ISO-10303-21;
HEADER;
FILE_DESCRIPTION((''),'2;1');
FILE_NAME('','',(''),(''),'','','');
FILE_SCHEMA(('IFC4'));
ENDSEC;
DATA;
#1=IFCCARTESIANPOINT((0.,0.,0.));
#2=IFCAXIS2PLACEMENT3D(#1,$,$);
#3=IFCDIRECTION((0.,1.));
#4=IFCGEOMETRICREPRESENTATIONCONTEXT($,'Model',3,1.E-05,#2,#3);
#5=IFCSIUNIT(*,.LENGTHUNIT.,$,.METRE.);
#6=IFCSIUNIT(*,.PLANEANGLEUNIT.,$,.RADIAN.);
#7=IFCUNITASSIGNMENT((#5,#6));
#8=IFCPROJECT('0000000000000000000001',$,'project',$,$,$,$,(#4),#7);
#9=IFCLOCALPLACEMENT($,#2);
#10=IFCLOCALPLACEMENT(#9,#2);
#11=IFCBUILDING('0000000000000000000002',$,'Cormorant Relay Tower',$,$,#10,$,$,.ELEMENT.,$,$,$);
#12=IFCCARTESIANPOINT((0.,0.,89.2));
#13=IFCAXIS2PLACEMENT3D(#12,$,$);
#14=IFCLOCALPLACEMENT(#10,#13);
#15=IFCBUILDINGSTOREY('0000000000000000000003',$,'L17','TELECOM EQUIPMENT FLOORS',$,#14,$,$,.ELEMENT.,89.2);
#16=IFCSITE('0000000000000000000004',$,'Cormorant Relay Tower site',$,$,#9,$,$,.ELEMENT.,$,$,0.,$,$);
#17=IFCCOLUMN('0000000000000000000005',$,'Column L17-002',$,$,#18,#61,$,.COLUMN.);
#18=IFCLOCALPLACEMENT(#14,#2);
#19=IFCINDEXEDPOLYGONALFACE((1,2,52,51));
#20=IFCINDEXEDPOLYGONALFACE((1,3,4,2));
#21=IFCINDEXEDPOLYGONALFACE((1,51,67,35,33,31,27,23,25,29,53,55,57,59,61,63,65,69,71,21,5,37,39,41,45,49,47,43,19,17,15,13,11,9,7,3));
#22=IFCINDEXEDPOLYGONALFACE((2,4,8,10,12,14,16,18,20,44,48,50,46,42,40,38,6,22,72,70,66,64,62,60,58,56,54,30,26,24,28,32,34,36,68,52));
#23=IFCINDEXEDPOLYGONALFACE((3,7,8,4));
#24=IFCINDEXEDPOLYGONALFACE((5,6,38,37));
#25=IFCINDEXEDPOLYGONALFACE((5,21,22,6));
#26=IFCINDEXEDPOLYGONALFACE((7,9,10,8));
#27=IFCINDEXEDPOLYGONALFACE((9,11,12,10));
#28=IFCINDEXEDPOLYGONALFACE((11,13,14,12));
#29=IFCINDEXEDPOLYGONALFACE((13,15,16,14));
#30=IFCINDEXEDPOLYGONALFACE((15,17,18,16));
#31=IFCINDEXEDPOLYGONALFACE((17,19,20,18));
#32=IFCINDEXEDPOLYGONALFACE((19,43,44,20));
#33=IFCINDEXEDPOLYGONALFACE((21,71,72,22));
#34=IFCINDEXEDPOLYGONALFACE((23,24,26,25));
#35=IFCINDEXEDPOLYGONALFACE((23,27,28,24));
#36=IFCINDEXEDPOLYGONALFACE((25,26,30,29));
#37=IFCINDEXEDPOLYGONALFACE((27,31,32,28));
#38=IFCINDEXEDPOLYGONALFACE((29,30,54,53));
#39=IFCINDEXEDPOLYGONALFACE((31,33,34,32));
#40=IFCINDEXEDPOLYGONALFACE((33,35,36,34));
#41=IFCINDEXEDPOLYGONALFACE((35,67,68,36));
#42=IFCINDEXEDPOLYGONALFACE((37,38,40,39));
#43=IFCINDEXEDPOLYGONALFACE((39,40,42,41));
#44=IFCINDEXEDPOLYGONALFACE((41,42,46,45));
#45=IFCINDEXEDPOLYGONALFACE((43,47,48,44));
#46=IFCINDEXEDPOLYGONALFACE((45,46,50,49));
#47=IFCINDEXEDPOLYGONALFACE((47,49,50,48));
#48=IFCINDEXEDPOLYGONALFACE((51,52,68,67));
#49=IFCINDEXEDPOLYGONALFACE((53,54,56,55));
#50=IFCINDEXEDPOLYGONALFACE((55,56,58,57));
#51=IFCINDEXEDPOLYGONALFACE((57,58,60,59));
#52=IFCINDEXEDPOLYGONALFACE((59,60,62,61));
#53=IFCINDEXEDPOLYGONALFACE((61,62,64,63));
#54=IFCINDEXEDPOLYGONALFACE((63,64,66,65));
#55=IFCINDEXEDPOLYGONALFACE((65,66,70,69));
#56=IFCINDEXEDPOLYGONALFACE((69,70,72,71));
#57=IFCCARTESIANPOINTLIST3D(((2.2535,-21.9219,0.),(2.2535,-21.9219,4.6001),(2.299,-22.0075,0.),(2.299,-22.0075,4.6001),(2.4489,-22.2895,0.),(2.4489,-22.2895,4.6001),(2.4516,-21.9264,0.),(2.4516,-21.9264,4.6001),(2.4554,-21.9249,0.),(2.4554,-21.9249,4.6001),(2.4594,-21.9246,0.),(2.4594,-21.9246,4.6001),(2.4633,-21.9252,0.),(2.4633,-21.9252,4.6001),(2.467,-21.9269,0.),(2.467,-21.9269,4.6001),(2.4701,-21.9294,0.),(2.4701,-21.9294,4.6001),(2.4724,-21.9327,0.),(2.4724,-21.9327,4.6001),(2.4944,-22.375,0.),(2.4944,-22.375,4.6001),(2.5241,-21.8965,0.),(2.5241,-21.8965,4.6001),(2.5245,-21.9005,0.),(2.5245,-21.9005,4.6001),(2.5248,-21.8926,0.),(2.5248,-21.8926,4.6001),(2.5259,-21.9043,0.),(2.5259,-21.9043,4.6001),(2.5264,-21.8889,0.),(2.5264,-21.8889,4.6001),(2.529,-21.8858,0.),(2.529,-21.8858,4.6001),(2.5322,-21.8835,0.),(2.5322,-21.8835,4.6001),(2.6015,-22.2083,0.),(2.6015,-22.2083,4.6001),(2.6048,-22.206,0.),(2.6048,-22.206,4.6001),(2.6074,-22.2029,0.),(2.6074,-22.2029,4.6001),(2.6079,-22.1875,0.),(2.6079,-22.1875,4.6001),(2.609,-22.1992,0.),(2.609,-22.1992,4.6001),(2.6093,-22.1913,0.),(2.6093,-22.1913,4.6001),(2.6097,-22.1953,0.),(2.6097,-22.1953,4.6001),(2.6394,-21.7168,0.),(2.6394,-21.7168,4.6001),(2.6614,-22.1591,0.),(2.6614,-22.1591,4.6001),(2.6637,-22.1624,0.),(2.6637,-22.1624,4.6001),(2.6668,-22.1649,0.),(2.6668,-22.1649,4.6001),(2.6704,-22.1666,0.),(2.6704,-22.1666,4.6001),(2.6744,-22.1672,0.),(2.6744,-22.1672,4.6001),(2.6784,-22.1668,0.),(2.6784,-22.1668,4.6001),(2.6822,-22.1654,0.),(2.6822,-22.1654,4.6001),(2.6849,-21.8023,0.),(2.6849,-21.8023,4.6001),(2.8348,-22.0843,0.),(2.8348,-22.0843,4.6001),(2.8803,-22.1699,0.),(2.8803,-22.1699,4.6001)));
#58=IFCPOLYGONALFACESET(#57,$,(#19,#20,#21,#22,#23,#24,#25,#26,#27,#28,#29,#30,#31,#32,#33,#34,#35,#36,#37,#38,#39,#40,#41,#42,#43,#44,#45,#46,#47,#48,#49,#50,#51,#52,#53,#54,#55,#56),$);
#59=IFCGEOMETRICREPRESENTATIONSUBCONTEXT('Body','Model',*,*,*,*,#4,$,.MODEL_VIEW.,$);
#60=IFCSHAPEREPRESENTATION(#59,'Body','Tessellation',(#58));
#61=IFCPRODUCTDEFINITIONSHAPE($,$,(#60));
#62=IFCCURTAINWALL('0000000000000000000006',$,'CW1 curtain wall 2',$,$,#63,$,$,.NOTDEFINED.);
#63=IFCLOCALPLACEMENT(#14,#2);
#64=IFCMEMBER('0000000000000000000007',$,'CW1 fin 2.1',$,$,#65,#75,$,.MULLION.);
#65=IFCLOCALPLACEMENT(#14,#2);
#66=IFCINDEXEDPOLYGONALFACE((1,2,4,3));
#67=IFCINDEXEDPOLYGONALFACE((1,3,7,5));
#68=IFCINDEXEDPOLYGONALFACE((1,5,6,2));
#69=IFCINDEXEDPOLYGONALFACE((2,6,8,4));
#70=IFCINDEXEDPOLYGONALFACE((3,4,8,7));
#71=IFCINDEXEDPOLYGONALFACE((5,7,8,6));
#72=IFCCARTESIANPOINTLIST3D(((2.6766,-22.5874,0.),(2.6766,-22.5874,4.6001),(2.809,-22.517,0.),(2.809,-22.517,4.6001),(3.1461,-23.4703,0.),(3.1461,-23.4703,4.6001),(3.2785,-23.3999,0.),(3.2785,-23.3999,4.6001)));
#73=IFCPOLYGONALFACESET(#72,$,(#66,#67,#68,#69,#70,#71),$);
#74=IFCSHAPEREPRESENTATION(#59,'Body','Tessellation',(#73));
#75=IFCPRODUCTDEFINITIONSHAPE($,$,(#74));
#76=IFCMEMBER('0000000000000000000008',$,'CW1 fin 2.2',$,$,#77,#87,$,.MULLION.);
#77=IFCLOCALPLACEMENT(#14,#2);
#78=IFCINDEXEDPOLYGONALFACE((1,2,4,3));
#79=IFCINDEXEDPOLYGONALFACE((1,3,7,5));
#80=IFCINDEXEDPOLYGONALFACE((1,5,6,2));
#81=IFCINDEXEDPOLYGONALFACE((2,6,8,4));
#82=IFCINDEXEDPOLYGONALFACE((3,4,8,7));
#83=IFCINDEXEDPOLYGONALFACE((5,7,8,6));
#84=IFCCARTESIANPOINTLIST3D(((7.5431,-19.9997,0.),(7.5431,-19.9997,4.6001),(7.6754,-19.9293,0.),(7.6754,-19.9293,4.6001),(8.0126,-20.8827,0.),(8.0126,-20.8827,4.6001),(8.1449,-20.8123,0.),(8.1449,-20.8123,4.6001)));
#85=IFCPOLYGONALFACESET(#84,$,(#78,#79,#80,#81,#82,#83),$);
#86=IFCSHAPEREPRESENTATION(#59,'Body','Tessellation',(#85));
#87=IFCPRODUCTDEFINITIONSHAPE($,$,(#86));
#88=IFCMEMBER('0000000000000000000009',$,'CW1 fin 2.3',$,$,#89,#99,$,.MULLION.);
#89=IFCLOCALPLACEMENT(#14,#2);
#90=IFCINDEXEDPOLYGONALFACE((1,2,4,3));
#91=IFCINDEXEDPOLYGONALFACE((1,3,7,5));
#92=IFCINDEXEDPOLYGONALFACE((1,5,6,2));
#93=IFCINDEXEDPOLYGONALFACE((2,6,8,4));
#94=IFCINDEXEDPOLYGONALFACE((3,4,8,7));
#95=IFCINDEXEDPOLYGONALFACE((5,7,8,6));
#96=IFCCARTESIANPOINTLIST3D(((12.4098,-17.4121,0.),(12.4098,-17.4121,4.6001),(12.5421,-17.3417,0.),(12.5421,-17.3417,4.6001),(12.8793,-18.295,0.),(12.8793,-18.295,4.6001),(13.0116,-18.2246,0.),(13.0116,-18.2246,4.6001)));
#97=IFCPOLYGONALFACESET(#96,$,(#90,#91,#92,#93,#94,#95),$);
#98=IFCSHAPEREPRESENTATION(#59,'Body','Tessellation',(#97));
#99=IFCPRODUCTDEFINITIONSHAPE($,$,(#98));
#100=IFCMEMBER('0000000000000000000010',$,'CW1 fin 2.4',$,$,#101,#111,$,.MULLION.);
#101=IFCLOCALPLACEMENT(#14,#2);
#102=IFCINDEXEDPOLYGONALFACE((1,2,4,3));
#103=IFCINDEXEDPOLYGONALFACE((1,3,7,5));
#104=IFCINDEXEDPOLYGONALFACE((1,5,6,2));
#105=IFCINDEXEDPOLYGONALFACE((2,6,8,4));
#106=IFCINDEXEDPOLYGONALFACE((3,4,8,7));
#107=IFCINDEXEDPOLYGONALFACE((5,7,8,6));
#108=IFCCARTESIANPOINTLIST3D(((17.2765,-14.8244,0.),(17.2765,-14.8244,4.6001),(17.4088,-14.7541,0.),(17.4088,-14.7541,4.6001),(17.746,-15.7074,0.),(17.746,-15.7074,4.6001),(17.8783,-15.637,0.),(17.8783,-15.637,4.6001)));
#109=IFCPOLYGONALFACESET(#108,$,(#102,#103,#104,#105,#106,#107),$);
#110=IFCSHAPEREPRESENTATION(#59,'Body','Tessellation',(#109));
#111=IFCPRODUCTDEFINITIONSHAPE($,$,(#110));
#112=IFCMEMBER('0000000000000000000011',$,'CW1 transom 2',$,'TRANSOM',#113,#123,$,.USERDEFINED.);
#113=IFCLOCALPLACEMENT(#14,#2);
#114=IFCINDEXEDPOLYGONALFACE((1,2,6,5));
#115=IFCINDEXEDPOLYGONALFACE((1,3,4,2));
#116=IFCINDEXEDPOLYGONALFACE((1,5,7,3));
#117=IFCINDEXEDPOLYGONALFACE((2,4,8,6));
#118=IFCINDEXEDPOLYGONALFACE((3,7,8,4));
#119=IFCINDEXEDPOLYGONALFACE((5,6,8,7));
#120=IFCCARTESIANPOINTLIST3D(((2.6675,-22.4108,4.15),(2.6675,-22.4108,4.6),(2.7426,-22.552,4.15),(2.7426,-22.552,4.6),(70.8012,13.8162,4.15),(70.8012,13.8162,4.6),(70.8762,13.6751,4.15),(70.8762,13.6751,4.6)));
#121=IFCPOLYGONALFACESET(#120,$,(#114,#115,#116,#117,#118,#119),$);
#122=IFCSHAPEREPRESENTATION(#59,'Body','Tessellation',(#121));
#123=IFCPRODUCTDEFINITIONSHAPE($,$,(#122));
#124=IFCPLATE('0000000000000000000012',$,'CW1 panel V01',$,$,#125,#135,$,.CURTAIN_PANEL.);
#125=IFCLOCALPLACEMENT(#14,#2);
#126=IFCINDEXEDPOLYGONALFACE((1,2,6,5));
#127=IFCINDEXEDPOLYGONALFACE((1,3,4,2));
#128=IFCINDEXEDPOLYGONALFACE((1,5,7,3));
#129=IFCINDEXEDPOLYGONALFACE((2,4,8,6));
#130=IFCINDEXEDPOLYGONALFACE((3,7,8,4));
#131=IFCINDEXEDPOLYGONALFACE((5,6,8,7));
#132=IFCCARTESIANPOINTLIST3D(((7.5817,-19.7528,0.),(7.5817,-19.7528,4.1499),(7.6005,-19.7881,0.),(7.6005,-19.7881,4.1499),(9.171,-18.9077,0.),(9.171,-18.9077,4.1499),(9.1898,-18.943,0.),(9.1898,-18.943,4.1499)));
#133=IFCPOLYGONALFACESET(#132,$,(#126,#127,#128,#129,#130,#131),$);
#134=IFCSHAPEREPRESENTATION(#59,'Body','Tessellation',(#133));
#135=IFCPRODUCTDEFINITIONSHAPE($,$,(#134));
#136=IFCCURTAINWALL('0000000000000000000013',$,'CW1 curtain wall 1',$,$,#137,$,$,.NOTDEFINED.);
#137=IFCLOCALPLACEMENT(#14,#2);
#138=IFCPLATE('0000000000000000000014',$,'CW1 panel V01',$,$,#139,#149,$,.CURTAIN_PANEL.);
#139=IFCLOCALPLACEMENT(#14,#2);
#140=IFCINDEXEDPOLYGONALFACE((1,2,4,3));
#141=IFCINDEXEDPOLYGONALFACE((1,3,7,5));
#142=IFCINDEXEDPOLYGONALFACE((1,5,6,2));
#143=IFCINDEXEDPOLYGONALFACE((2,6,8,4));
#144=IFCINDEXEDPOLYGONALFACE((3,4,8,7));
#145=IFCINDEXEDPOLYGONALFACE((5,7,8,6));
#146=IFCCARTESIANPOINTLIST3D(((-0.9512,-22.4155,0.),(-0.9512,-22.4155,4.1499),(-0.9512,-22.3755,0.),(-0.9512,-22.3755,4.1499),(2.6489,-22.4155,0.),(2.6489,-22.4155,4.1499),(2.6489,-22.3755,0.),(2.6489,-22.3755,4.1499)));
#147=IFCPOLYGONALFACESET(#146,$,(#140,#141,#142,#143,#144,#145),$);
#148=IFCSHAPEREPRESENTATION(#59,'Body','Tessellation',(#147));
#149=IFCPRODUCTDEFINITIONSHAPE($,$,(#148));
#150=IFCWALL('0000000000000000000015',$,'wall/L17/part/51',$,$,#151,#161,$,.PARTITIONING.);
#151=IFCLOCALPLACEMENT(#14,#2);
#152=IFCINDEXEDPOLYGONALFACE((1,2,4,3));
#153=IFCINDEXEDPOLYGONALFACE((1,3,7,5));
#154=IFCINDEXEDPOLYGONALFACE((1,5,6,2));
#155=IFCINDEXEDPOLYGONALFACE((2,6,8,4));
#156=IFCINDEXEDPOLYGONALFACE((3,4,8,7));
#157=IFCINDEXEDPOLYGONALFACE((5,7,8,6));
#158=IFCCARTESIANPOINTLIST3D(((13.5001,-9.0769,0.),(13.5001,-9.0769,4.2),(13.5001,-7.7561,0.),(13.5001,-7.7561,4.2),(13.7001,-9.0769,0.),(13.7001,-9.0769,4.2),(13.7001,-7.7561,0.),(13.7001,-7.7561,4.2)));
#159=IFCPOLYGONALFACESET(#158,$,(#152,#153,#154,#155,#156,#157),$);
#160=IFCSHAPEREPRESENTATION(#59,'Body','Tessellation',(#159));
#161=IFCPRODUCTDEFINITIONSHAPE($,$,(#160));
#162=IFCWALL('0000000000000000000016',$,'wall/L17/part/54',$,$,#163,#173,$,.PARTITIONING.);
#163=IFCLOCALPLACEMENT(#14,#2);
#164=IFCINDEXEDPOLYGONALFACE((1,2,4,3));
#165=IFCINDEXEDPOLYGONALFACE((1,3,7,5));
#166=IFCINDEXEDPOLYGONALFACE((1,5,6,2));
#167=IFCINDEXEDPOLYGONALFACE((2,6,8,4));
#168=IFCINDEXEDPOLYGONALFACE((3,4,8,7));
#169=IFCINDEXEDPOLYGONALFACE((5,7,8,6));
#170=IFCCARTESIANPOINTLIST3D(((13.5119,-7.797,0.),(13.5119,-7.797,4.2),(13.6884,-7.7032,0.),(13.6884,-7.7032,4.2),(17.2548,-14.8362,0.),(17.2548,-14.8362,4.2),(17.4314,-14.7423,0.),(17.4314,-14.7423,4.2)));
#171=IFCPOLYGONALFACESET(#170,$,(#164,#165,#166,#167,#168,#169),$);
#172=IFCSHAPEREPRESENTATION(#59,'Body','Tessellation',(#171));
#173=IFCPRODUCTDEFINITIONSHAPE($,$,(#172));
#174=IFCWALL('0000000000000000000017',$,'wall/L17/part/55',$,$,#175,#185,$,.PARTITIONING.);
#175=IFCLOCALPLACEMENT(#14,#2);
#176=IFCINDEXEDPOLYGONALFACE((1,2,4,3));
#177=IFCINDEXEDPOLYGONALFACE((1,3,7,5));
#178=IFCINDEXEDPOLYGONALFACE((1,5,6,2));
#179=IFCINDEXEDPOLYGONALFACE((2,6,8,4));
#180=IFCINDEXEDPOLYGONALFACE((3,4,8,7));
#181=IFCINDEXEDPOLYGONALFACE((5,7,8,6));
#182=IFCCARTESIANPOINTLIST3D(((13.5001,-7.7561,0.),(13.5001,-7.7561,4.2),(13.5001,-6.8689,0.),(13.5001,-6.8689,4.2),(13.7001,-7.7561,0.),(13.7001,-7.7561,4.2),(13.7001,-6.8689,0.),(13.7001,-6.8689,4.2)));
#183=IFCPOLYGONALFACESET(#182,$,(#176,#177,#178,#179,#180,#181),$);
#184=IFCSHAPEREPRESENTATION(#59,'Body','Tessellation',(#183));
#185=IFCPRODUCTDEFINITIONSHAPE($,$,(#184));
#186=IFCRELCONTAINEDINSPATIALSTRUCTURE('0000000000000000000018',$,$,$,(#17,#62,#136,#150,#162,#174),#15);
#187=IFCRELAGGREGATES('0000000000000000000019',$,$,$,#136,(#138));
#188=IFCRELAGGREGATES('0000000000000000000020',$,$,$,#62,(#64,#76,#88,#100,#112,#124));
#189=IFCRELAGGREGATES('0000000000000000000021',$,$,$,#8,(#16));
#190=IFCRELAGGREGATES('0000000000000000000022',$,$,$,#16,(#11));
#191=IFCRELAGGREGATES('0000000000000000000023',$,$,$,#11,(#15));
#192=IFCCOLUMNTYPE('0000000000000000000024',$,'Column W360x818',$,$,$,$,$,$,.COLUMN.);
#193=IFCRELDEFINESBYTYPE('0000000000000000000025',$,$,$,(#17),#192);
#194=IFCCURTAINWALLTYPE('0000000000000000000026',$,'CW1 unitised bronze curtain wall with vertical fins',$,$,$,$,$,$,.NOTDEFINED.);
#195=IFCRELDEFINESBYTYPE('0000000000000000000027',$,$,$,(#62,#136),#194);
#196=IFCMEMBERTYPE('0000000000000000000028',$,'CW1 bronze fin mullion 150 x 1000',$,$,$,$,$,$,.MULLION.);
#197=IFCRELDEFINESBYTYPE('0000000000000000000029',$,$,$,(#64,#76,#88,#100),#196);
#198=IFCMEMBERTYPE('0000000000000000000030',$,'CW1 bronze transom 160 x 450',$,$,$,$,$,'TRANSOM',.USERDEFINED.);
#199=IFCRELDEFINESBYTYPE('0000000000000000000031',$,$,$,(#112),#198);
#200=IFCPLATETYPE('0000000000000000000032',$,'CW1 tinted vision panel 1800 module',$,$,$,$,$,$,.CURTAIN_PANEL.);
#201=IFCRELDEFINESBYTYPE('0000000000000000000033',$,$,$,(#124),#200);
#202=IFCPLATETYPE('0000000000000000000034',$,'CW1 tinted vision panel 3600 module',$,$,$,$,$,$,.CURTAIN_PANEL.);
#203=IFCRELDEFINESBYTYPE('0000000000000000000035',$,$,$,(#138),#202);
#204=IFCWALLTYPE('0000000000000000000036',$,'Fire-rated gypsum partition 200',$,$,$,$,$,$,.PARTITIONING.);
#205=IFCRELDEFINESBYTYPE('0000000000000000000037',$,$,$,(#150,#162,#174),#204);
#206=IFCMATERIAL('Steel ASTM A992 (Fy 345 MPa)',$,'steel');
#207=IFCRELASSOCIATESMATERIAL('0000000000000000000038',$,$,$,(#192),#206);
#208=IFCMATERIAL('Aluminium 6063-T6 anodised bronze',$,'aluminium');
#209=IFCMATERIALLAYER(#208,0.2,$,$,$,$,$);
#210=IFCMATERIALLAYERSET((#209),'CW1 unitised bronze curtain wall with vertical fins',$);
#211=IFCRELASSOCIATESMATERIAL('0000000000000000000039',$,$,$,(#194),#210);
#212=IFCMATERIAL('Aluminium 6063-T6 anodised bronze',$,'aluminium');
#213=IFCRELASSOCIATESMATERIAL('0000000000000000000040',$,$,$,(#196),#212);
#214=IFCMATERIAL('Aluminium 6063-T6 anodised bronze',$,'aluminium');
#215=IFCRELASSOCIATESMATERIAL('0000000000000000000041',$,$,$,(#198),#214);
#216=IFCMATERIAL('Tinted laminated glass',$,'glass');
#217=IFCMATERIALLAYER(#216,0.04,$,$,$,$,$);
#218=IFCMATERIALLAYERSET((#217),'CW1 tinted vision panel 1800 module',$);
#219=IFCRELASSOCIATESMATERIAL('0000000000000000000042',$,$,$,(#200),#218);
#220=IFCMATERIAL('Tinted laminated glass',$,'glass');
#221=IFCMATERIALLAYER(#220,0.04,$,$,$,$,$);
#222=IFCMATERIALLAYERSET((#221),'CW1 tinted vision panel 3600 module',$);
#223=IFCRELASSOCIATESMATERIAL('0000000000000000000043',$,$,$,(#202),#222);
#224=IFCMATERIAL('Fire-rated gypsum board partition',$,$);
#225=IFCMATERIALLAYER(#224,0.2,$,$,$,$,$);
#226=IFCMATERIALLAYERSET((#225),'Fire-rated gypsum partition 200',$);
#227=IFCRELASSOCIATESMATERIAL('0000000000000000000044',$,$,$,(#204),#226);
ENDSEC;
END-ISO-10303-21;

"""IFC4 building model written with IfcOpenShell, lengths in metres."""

from ifc_helpers import new_model, si_unit, direction, frame, frame_2d, origin, origin_2d, place, context, subcontext, project, spatial, rectangle, i_section, extrude, material, layer, layer_set, material_profile, profile_set, type_object, element, aggregate, save


model = new_model("IFC4")

# Units and contexts
model_context = context("Model", 3, precision=1e-05, world=origin(), true_north=direction((0.0, 1.0)))
body_context = subcontext(model_context, "Body", "Model", "MODEL_VIEW")
ifc_project = project(units=[si_unit("LENGTHUNIT", "METRE"), si_unit("PLANEANGLEUNIT", "RADIAN")], contexts=[model_context])

# Site, building, storey
site_placement = place(None, origin())
site = spatial("IfcSite", under=ifc_project, at=site_placement, Name="Cormorant Relay Tower site", CompositionType="ELEMENT", RefElevation=0.0)
building_placement = place(site_placement, origin())
building = spatial("IfcBuilding", under=site, at=building_placement, Name="Cormorant Relay Tower", CompositionType="ELEMENT")
storey_placement = place(building_placement, frame((0.0, 0.0, 89.2)))
storey = spatial("IfcBuildingStorey", under=building, at=storey_placement, Name="L17", Description="TELECOM EQUIPMENT FLOORS", CompositionType="ELEMENT", Elevation=89.2)

# Column
ifc_material_1 = material(Name="Steel ASTM A992 (Fy 345 MPa)", Category="steel")
ifc_material_profile_1 = material_profile(ifc_material_1, i_section(OverallWidth=0.437, OverallDepth=0.5132, WebThickness=0.0605, FlangeThickness=0.0969, FilletRadius=0.0154, at=origin_2d()), Name="W360x818")
ifc_profile_set_1 = profile_set([ifc_material_profile_1], Name="Steel ASTM A992 (Fy 345 MPa)")
column_type_1 = type_object("IfcColumnType", Name="Column W360x818", PredefinedType="COLUMN", material=ifc_profile_set_1)
column_1_placement = place(storey_placement, frame((2.5669, -22.0459, 0.0), z_axis=(0.0, 0.0, 1.0), x_axis=(0.882948, 0.469472, 0.0)))
element("IfcColumn", 1, at=column_1_placement, inside=storey, type_object=column_type_1, Name="Column L17-002", PredefinedType="COLUMN", context=body_context, shape_type="SweptSolid", body=[
    extrude(i_section(OverallWidth=0.437, OverallDepth=0.5132, WebThickness=0.0605, FlangeThickness=0.0969, FilletRadius=0.0154, at=origin_2d()), origin(), (0.0, 0.0, 1.0), 4.6001),
])

# Curtain wall, members, plate
ifc_material_2 = material(Name="Aluminium 6063-T6 anodised bronze", Category="aluminium")
ifc_layer_1 = layer(ifc_material_2, 0.2)
ifc_layer_set_1 = layer_set([ifc_layer_1], Name="CW1 unitised bronze curtain wall with vertical fins")
curtain_wall_type = type_object("IfcCurtainWallType", Name="CW1 unitised bronze curtain wall with vertical fins", PredefinedType="NOTDEFINED", material=ifc_layer_set_1)
curtain_wall_1_placement = place(storey_placement, origin())
curtain_wall_1 = element("IfcCurtainWall", 2, at=curtain_wall_1_placement, inside=storey, type_object=curtain_wall_type, Name="CW1 curtain wall 2", PredefinedType="NOTDEFINED")
ifc_material_3 = material(Name="Aluminium 6063-T6 anodised bronze", Category="aluminium")
ifc_material_profile_2 = material_profile(ifc_material_3, rectangle(XDim=0.1499, YDim=1.0, at=origin_2d()), Name="AL 150x1000")
ifc_profile_set_2 = profile_set([ifc_material_profile_2], Name="Aluminium 6063-T6 anodised bronze")
member_type_1 = type_object("IfcMemberType", Name="CW1 bronze fin mullion 150 x 1000", PredefinedType="MULLION", material=ifc_profile_set_2)
member_1_placement = place(storey_placement, frame((2.9775, -22.9937, 0.0), z_axis=(0.0, 0.0, 1.0), x_axis=(0.882948, 0.469472, 0.0)))
member_1 = element("IfcMember", 3, at=member_1_placement, type_object=member_type_1, Name="CW1 fin 2.1", PredefinedType="MULLION", context=body_context, shape_type="SweptSolid", body=[
    extrude(rectangle(XDim=0.1499, YDim=1.0, at=origin_2d()), origin(), (0.0, 0.0, 1.0), 4.6001),
])
member_2_placement = place(storey_placement, frame((7.844, -20.406, 0.0), z_axis=(0.0, 0.0, 1.0), x_axis=(0.882948, 0.469472, 0.0)))
member_2 = element("IfcMember", 4, at=member_2_placement, type_object=member_type_1, Name="CW1 fin 2.2", PredefinedType="MULLION", context=body_context, shape_type="SweptSolid", body=[
    extrude(rectangle(XDim=0.1499, YDim=1.0, at=origin_2d()), origin(), (0.0, 0.0, 1.0), 4.6001),
])
member_3_placement = place(storey_placement, frame((12.7107, -17.8184, 0.0), z_axis=(0.0, 0.0, 1.0), x_axis=(0.882948, 0.469472, 0.0)))
member_3 = element("IfcMember", 5, at=member_3_placement, type_object=member_type_1, Name="CW1 fin 2.3", PredefinedType="MULLION", context=body_context, shape_type="SweptSolid", body=[
    extrude(rectangle(XDim=0.1499, YDim=1.0, at=origin_2d()), origin(), (0.0, 0.0, 1.0), 4.6001),
])
member_4_placement = place(storey_placement, frame((17.5774, -15.2307, 0.0), z_axis=(0.0, 0.0, 1.0), x_axis=(0.882948, 0.469472, 0.0)))
member_4 = element("IfcMember", 6, at=member_4_placement, type_object=member_type_1, Name="CW1 fin 2.4", PredefinedType="MULLION", context=body_context, shape_type="SweptSolid", body=[
    extrude(rectangle(XDim=0.1499, YDim=1.0, at=origin_2d()), origin(), (0.0, 0.0, 1.0), 4.6001),
])
ifc_material_4 = material(Name="Aluminium 6063-T6 anodised bronze", Category="aluminium")
ifc_material_profile_3 = material_profile(ifc_material_4, rectangle(XDim=0.1599, YDim=0.45, at=origin_2d()), Name="AL 160x450")
ifc_profile_set_3 = profile_set([ifc_material_profile_3], Name="Aluminium 6063-T6 anodised bronze")
member_type_2 = type_object("IfcMemberType", Name="CW1 bronze transom 160 x 450", ElementType="TRANSOM", PredefinedType="USERDEFINED", material=ifc_profile_set_3)
member_5_placement = place(storey_placement, frame((2.7051, -22.4814, 4.375), z_axis=(0.882949, 0.46947, 0.0), x_axis=(-0.46947, 0.882949, 0.0)))
member_5 = element("IfcMember", 7, at=member_5_placement, type_object=member_type_2, Name="CW1 transom 2", ObjectType="TRANSOM", PredefinedType="USERDEFINED", context=body_context, shape_type="SweptSolid", body=[
    extrude(rectangle(XDim=0.1599, YDim=0.45, at=origin_2d()), origin(), (0.0, 0.0, 1.0), 77.166),
])
ifc_material_5 = material(Name="Tinted laminated glass", Category="glass")
ifc_layer_2 = layer(ifc_material_5, 0.04)
ifc_layer_set_2 = layer_set([ifc_layer_2], Name="CW1 tinted vision panel 1800 module")
plate_type_1 = type_object("IfcPlateType", Name="CW1 tinted vision panel 1800 module", PredefinedType="CURTAIN_PANEL", material=ifc_layer_set_2)
plate_1_placement = place(storey_placement, frame((8.3857, -19.3479, 0.0), z_axis=(0.0, 0.0, 1.0), x_axis=(0.882948, 0.469472, 0.0)))
plate_1 = element("IfcPlate", 8, at=plate_1_placement, type_object=plate_type_1, Name="CW1 panel V01", PredefinedType="CURTAIN_PANEL", context=body_context, shape_type="SweptSolid", body=[
    extrude(rectangle(XDim=1.8, YDim=0.04, at=origin_2d()), origin(), (0.0, 0.0, 1.0), 4.1499),
])

# Curtain wall, plate
curtain_wall_2_placement = place(storey_placement, origin())
curtain_wall_2 = element("IfcCurtainWall", 9, at=curtain_wall_2_placement, inside=storey, type_object=curtain_wall_type, Name="CW1 curtain wall 1", PredefinedType="NOTDEFINED")
ifc_material_6 = material(Name="Tinted laminated glass", Category="glass")
ifc_layer_3 = layer(ifc_material_6, 0.04)
ifc_layer_set_3 = layer_set([ifc_layer_3], Name="CW1 tinted vision panel 3600 module")
plate_type_2 = type_object("IfcPlateType", Name="CW1 tinted vision panel 3600 module", PredefinedType="CURTAIN_PANEL", material=ifc_layer_set_3)
plate_2_placement = place(storey_placement, frame((0.8489, -22.3955, 0.0), z_axis=(0.0, 0.0, 1.0), x_axis=(1.0, 0.0, 0.0)))
plate_2 = element("IfcPlate", 10, at=plate_2_placement, type_object=plate_type_2, Name="CW1 panel V01", PredefinedType="CURTAIN_PANEL", context=body_context, shape_type="SweptSolid", body=[
    extrude(rectangle(XDim=3.6001, YDim=0.04, at=origin_2d()), origin(), (0.0, 0.0, 1.0), 4.1499),
])
aggregate(curtain_wall_2, [plate_2])

# Walls
ifc_material_7 = material(Name="Fire-rated gypsum board partition")
ifc_layer_4 = layer(ifc_material_7, 0.2)
ifc_layer_set_4 = layer_set([ifc_layer_4], Name="Fire-rated gypsum partition 200")
wall_type_1 = type_object("IfcWallType", Name="Fire-rated gypsum partition 200", PredefinedType="PARTITIONING", material=ifc_layer_set_4)
wall_1_placement = place(storey_placement, frame((13.6001, -7.7561, 0.0), z_axis=(0.0, 0.0, 1.0), x_axis=(0.0, -1.0, 0.0)))
element("IfcWall", 11, at=wall_1_placement, inside=storey, type_object=wall_type_1, Name="wall/L17/part/51", PredefinedType="PARTITIONING", context=body_context, shape_type="SweptSolid", body=[
    extrude(rectangle(XDim=1.3208, YDim=0.2, at=frame_2d((0.6604, 0.0))), origin(), (0.0, 0.0, 1.0), 4.2),
])
wall_2_placement = place(storey_placement, frame((13.6001, -7.75, 0.0), z_axis=(0.0, 0.0, 1.0), x_axis=(0.46949, -0.882938, 0.0)))
element("IfcWall", 12, at=wall_2_placement, inside=storey, type_object=wall_type_1, Name="wall/L17/part/54", PredefinedType="PARTITIONING", context=body_context, shape_type="SweptSolid", body=[
    extrude(rectangle(XDim=7.9724, YDim=0.2, at=frame_2d((3.9863, 0.0))), origin(), (0.0, 0.0, 1.0), 4.2),
])
wall_3_placement = place(storey_placement, frame((13.6001, -6.8689, 0.0), z_axis=(0.0, 0.0, 1.0), x_axis=(0.0, -1.0, 0.0)))
element("IfcWall", 13, at=wall_3_placement, inside=storey, type_object=wall_type_1, Name="wall/L17/part/55", PredefinedType="PARTITIONING", context=body_context, shape_type="SweptSolid", body=[
    extrude(rectangle(XDim=0.8872, YDim=0.2, at=frame_2d((0.4436, 0.0))), origin(), (0.0, 0.0, 1.0), 4.2),
])

aggregate(curtain_wall_1, [member_1, member_2, member_3, member_4, member_5, plate_1])

save(model, "model.ifc")
